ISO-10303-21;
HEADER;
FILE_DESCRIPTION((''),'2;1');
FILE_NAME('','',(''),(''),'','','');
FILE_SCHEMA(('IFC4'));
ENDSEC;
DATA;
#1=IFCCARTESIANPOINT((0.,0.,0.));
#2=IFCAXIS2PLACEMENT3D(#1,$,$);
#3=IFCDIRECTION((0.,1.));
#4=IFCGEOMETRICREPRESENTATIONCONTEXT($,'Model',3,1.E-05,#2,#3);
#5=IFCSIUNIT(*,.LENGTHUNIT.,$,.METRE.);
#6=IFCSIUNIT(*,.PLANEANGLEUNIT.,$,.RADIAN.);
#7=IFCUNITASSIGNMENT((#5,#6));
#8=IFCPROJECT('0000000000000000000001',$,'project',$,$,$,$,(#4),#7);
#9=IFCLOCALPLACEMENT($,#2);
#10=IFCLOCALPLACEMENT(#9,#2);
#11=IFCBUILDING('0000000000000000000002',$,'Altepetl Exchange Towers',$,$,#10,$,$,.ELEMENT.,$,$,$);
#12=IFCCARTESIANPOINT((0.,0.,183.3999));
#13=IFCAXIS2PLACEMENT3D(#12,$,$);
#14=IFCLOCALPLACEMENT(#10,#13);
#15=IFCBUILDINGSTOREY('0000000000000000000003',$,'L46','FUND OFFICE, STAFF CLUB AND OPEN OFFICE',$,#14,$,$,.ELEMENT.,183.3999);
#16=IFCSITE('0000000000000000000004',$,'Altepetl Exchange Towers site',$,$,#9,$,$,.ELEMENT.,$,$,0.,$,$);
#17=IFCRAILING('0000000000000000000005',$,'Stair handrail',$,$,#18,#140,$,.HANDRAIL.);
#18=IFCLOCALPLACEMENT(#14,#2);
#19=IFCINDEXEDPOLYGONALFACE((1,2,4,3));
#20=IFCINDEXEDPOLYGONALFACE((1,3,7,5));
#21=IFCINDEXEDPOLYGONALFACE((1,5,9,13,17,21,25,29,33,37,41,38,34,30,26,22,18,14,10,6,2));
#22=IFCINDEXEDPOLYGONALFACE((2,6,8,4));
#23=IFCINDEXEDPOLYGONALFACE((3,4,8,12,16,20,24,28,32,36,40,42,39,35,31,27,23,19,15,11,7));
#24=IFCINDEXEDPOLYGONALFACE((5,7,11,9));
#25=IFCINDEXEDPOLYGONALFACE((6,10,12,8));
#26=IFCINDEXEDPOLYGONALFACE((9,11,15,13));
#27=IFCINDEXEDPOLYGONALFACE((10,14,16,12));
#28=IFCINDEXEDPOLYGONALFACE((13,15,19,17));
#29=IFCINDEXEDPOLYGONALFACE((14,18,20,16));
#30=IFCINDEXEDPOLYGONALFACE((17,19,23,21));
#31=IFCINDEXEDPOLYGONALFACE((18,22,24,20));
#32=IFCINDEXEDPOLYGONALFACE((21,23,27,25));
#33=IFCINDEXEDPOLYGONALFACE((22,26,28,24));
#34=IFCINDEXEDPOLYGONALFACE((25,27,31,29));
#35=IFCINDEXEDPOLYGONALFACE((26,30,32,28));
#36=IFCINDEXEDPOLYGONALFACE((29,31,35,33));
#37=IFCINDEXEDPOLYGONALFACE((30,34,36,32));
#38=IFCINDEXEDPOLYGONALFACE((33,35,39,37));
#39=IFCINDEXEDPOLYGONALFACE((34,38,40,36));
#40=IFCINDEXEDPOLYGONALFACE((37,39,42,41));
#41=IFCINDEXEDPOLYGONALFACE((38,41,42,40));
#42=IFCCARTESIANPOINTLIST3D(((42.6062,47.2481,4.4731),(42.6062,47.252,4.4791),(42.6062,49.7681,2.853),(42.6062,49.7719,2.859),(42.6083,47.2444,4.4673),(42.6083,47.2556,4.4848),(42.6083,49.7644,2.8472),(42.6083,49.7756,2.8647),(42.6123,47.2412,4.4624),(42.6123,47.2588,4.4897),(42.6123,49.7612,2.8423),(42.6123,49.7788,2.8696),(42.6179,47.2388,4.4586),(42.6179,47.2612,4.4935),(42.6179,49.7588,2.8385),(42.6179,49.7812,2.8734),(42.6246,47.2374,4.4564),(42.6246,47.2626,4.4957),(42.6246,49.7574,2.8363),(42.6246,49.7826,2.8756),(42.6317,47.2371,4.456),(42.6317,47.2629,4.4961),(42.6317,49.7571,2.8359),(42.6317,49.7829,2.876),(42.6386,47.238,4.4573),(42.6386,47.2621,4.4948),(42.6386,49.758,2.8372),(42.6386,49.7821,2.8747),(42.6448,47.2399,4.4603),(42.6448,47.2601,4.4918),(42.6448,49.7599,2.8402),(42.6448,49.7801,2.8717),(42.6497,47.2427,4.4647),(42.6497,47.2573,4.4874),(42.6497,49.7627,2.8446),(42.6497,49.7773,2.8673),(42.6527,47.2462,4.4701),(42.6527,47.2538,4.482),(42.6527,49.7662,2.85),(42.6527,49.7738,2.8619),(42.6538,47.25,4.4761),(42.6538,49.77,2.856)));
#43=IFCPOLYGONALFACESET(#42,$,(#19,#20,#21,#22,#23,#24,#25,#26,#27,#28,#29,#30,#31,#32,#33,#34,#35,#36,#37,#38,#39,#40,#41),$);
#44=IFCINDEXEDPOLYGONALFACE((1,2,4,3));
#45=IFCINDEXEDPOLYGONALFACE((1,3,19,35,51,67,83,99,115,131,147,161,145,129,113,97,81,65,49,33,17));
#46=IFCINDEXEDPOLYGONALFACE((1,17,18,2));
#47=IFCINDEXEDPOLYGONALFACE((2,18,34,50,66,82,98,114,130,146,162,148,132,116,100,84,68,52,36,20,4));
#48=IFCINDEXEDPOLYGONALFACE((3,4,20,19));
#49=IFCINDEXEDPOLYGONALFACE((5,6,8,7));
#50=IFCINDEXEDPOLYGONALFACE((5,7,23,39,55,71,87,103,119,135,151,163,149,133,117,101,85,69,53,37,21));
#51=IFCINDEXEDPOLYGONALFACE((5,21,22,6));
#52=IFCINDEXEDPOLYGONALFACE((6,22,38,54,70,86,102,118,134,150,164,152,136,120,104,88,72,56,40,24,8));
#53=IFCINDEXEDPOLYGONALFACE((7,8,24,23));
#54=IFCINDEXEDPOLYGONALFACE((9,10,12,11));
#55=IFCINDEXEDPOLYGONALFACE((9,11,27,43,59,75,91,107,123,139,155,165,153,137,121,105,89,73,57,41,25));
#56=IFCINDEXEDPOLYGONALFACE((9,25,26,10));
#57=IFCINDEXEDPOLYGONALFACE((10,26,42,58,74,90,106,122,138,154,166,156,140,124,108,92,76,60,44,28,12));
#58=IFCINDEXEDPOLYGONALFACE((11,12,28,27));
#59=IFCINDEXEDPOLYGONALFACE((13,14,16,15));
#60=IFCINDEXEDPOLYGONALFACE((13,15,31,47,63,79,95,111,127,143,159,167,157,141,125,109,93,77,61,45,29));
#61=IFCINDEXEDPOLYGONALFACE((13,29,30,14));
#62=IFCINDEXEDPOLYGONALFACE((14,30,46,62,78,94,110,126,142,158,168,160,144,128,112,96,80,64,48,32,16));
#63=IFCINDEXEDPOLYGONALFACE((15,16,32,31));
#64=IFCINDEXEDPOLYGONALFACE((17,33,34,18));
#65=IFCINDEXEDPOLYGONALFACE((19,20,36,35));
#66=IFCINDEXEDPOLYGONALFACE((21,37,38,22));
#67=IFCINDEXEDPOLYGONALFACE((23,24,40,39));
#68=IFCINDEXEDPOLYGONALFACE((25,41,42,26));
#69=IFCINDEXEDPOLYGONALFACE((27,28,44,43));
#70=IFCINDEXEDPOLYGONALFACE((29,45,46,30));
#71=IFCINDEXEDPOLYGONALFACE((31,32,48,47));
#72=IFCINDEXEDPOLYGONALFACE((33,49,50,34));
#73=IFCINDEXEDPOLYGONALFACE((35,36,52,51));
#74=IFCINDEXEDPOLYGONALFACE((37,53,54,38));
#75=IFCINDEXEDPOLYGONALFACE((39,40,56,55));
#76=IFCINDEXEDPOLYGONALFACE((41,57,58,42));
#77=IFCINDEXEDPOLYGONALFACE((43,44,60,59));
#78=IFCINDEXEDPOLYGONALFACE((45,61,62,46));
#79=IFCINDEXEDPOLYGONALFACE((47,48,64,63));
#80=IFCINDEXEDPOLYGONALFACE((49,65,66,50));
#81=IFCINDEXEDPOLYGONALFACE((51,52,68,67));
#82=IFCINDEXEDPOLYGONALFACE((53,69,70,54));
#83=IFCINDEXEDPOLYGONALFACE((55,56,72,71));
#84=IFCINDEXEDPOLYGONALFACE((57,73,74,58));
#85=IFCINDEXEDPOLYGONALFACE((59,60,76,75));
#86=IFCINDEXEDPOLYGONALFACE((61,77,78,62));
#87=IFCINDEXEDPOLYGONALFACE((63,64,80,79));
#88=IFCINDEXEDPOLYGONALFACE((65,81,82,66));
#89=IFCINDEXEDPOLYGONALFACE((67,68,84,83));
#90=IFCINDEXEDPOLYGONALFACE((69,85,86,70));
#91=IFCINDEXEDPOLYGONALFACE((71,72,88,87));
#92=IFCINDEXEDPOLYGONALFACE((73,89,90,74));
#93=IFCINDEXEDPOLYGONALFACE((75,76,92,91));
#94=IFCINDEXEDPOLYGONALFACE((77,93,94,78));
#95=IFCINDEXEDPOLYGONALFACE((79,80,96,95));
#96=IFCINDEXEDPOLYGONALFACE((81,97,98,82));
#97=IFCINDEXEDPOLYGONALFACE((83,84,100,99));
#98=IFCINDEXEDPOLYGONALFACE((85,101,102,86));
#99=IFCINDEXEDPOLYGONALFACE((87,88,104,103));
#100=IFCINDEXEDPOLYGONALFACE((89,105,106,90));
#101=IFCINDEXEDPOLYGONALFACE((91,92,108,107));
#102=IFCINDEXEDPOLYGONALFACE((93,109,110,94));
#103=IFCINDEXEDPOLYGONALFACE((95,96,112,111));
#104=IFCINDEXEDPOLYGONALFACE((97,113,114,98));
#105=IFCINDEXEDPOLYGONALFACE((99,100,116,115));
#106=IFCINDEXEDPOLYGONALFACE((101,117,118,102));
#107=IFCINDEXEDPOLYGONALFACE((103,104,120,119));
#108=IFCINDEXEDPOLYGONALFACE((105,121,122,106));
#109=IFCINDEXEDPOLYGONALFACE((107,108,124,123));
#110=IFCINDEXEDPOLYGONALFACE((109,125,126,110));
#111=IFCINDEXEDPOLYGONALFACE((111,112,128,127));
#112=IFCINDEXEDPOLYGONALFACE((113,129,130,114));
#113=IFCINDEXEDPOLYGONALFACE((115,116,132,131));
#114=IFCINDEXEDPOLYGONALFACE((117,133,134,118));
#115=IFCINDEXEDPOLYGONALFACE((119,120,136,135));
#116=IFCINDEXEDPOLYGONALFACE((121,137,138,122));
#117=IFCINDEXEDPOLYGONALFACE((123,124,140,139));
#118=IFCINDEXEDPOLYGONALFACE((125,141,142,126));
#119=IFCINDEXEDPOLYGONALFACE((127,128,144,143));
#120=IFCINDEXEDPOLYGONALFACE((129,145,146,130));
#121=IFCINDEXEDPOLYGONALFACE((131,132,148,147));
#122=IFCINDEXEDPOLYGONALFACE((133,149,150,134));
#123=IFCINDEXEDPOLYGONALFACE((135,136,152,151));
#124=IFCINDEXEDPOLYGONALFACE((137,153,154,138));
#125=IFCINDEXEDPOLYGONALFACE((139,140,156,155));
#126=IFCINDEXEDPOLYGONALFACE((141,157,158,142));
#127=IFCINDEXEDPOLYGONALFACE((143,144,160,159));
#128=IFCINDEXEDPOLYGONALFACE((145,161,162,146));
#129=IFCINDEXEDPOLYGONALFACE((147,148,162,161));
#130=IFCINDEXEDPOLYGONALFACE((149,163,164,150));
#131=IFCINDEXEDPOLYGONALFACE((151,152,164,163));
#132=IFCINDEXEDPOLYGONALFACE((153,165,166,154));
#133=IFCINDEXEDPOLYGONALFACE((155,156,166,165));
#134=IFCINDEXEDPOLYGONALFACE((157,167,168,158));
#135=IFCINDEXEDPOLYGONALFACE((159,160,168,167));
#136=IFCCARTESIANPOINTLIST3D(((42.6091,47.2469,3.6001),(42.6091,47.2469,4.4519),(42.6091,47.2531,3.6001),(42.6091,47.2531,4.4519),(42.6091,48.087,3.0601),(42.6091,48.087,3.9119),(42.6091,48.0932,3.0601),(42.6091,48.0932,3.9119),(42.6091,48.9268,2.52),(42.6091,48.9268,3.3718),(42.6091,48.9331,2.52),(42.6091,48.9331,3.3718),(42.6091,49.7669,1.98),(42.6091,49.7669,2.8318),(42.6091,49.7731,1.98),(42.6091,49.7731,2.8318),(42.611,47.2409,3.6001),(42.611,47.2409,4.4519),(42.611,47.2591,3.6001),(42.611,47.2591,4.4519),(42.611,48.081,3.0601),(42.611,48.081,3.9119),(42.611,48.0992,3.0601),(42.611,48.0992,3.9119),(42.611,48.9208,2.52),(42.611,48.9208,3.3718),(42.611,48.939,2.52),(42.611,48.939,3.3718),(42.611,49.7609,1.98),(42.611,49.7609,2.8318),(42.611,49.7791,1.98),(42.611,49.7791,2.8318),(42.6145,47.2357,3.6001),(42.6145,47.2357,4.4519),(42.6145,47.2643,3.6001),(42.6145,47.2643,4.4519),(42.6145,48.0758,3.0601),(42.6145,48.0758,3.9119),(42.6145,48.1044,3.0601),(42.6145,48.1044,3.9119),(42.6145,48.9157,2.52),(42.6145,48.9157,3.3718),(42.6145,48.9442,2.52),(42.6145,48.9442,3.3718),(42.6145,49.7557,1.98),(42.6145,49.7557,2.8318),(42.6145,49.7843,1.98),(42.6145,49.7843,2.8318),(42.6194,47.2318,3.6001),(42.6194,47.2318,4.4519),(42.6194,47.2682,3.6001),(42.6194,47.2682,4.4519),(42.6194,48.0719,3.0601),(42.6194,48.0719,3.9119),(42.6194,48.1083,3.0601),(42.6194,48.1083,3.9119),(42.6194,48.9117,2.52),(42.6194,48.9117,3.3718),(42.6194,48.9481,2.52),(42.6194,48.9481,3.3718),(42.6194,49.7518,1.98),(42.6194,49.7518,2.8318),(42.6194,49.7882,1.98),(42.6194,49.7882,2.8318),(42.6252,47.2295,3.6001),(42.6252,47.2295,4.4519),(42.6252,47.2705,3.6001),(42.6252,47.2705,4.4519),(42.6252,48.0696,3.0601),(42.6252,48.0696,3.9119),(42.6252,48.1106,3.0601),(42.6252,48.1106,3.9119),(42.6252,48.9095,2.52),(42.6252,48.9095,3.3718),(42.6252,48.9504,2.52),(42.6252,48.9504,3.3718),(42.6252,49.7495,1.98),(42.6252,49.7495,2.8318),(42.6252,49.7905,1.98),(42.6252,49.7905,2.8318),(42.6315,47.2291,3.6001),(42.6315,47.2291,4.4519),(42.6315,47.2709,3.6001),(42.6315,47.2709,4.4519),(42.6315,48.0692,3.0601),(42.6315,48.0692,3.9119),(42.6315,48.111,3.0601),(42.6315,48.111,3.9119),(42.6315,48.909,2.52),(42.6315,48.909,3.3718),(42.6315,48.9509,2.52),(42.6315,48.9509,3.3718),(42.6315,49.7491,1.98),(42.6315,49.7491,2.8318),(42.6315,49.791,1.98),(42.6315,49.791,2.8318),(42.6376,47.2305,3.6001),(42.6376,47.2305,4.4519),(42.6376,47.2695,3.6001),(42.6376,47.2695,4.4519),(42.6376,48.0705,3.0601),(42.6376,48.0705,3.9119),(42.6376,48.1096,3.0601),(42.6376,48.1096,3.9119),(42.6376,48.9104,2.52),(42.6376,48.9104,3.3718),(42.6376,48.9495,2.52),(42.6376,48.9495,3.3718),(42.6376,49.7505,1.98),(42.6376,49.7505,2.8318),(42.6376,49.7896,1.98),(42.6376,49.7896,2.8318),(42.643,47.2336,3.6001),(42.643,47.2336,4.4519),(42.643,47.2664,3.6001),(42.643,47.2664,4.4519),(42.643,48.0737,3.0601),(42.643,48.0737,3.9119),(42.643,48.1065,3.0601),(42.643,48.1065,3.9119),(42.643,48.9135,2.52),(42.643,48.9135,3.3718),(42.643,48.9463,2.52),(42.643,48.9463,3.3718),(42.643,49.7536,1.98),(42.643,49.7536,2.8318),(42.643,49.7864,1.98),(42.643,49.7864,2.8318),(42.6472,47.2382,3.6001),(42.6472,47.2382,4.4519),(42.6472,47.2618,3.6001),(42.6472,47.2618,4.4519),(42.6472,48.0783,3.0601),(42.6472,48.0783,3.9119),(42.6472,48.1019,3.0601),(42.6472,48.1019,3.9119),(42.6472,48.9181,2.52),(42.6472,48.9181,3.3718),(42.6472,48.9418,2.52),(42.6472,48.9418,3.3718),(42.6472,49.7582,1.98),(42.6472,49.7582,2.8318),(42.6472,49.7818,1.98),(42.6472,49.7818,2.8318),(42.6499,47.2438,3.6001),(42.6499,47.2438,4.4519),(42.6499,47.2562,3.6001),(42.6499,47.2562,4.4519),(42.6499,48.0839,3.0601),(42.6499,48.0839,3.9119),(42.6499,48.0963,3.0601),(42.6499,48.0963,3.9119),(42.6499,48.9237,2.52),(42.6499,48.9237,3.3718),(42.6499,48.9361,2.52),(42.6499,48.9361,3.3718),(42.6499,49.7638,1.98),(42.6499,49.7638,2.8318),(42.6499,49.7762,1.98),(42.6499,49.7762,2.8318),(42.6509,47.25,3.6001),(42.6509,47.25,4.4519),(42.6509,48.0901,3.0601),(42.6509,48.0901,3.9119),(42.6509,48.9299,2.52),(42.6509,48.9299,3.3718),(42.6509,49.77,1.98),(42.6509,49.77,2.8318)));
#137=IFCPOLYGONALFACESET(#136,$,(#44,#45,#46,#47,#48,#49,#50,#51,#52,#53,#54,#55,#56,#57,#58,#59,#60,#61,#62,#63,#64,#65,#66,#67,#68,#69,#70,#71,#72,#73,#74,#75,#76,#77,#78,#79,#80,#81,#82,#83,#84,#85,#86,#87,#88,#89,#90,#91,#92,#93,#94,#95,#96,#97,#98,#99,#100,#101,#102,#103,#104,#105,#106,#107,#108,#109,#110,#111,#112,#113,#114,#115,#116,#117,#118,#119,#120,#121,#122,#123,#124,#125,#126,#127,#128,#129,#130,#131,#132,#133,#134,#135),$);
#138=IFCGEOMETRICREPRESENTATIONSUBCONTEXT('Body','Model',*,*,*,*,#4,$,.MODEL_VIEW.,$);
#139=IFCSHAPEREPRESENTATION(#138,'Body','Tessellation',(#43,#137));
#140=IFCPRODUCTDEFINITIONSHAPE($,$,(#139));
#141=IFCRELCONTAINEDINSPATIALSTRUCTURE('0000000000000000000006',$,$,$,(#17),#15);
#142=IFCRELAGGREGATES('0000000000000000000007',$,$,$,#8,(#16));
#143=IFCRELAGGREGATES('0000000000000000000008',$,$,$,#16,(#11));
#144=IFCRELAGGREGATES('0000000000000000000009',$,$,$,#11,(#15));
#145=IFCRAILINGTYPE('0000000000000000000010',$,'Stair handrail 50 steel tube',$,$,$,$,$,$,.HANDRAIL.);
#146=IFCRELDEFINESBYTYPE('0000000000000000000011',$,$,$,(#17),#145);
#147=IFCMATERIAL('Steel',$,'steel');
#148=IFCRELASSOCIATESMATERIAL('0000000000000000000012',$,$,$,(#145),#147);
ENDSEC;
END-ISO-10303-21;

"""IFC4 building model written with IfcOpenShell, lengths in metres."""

from ifc_helpers import new_model, si_unit, direction, frame, origin, origin_2d, place, context, subcontext, project, spatial, circle, extrude, source, transform, mapped, material, type_object, element, save


model = new_model("IFC4")

# Units and contexts
model_context = context("Model", 3, precision=1e-05, world=origin(), true_north=direction((0.0, 1.0)))
body_context = subcontext(model_context, "Body", "Model", "MODEL_VIEW")
ifc_project = project(units=[si_unit("LENGTHUNIT", "METRE"), si_unit("PLANEANGLEUNIT", "RADIAN")], contexts=[model_context])

# Site, building, storey
site_placement = place(None, origin())
site = spatial("IfcSite", under=ifc_project, at=site_placement, Name="Altepetl Exchange Towers site", CompositionType="ELEMENT", RefElevation=0.0)
building_placement = place(site_placement, origin())
building = spatial("IfcBuilding", under=site, at=building_placement, Name="Altepetl Exchange Towers", CompositionType="ELEMENT")
storey_placement = place(building_placement, frame((0.0, 0.0, 183.3999)))
storey = spatial("IfcBuildingStorey", under=building, at=storey_placement, Name="L46", Description="FUND OFFICE, STAFF CLUB AND OPEN OFFICE", CompositionType="ELEMENT", Elevation=183.3999)

# Railing
ifc_material_1 = material(Name="Steel", Category="steel")
railing_type = type_object("IfcRailingType", Name="Stair handrail 50 steel tube", PredefinedType="HANDRAIL", material=ifc_material_1)
shared_shape = source(origin(), body_context, "Body", "SweptSolid", [
    extrude(circle(Radius=0.021, at=origin_2d()), origin(), (0.0, 0.0, 1.0), 0.8518),
])
railing_1_placement = place(storey_placement, frame((42.6299, 49.77, 1.98)))
element("IfcRailing", 1, at=railing_1_placement, inside=storey, type_object=railing_type, Name="Stair handrail", PredefinedType="HANDRAIL", context=body_context, shape_type="SweptSolid", body=[
    extrude(circle(Radius=0.0239, at=origin_2d()), frame((0.0, 0.0, 0.876), z_axis=(0.0, -0.841163, 0.540782), x_axis=(1.0, 0.0, 0.0)), (0.0, 0.0, 1.0), 2.9958),
    mapped(shared_shape, transform((0.0, 0.0, 0.0))),
    mapped(shared_shape, transform((0.0, -0.8401, 0.54))),
    mapped(shared_shape, transform((0.0, -1.6799, 1.0801))),
    mapped(shared_shape, transform((0.0, -2.52, 1.6201))),
])

save(model, "model.ifc")
